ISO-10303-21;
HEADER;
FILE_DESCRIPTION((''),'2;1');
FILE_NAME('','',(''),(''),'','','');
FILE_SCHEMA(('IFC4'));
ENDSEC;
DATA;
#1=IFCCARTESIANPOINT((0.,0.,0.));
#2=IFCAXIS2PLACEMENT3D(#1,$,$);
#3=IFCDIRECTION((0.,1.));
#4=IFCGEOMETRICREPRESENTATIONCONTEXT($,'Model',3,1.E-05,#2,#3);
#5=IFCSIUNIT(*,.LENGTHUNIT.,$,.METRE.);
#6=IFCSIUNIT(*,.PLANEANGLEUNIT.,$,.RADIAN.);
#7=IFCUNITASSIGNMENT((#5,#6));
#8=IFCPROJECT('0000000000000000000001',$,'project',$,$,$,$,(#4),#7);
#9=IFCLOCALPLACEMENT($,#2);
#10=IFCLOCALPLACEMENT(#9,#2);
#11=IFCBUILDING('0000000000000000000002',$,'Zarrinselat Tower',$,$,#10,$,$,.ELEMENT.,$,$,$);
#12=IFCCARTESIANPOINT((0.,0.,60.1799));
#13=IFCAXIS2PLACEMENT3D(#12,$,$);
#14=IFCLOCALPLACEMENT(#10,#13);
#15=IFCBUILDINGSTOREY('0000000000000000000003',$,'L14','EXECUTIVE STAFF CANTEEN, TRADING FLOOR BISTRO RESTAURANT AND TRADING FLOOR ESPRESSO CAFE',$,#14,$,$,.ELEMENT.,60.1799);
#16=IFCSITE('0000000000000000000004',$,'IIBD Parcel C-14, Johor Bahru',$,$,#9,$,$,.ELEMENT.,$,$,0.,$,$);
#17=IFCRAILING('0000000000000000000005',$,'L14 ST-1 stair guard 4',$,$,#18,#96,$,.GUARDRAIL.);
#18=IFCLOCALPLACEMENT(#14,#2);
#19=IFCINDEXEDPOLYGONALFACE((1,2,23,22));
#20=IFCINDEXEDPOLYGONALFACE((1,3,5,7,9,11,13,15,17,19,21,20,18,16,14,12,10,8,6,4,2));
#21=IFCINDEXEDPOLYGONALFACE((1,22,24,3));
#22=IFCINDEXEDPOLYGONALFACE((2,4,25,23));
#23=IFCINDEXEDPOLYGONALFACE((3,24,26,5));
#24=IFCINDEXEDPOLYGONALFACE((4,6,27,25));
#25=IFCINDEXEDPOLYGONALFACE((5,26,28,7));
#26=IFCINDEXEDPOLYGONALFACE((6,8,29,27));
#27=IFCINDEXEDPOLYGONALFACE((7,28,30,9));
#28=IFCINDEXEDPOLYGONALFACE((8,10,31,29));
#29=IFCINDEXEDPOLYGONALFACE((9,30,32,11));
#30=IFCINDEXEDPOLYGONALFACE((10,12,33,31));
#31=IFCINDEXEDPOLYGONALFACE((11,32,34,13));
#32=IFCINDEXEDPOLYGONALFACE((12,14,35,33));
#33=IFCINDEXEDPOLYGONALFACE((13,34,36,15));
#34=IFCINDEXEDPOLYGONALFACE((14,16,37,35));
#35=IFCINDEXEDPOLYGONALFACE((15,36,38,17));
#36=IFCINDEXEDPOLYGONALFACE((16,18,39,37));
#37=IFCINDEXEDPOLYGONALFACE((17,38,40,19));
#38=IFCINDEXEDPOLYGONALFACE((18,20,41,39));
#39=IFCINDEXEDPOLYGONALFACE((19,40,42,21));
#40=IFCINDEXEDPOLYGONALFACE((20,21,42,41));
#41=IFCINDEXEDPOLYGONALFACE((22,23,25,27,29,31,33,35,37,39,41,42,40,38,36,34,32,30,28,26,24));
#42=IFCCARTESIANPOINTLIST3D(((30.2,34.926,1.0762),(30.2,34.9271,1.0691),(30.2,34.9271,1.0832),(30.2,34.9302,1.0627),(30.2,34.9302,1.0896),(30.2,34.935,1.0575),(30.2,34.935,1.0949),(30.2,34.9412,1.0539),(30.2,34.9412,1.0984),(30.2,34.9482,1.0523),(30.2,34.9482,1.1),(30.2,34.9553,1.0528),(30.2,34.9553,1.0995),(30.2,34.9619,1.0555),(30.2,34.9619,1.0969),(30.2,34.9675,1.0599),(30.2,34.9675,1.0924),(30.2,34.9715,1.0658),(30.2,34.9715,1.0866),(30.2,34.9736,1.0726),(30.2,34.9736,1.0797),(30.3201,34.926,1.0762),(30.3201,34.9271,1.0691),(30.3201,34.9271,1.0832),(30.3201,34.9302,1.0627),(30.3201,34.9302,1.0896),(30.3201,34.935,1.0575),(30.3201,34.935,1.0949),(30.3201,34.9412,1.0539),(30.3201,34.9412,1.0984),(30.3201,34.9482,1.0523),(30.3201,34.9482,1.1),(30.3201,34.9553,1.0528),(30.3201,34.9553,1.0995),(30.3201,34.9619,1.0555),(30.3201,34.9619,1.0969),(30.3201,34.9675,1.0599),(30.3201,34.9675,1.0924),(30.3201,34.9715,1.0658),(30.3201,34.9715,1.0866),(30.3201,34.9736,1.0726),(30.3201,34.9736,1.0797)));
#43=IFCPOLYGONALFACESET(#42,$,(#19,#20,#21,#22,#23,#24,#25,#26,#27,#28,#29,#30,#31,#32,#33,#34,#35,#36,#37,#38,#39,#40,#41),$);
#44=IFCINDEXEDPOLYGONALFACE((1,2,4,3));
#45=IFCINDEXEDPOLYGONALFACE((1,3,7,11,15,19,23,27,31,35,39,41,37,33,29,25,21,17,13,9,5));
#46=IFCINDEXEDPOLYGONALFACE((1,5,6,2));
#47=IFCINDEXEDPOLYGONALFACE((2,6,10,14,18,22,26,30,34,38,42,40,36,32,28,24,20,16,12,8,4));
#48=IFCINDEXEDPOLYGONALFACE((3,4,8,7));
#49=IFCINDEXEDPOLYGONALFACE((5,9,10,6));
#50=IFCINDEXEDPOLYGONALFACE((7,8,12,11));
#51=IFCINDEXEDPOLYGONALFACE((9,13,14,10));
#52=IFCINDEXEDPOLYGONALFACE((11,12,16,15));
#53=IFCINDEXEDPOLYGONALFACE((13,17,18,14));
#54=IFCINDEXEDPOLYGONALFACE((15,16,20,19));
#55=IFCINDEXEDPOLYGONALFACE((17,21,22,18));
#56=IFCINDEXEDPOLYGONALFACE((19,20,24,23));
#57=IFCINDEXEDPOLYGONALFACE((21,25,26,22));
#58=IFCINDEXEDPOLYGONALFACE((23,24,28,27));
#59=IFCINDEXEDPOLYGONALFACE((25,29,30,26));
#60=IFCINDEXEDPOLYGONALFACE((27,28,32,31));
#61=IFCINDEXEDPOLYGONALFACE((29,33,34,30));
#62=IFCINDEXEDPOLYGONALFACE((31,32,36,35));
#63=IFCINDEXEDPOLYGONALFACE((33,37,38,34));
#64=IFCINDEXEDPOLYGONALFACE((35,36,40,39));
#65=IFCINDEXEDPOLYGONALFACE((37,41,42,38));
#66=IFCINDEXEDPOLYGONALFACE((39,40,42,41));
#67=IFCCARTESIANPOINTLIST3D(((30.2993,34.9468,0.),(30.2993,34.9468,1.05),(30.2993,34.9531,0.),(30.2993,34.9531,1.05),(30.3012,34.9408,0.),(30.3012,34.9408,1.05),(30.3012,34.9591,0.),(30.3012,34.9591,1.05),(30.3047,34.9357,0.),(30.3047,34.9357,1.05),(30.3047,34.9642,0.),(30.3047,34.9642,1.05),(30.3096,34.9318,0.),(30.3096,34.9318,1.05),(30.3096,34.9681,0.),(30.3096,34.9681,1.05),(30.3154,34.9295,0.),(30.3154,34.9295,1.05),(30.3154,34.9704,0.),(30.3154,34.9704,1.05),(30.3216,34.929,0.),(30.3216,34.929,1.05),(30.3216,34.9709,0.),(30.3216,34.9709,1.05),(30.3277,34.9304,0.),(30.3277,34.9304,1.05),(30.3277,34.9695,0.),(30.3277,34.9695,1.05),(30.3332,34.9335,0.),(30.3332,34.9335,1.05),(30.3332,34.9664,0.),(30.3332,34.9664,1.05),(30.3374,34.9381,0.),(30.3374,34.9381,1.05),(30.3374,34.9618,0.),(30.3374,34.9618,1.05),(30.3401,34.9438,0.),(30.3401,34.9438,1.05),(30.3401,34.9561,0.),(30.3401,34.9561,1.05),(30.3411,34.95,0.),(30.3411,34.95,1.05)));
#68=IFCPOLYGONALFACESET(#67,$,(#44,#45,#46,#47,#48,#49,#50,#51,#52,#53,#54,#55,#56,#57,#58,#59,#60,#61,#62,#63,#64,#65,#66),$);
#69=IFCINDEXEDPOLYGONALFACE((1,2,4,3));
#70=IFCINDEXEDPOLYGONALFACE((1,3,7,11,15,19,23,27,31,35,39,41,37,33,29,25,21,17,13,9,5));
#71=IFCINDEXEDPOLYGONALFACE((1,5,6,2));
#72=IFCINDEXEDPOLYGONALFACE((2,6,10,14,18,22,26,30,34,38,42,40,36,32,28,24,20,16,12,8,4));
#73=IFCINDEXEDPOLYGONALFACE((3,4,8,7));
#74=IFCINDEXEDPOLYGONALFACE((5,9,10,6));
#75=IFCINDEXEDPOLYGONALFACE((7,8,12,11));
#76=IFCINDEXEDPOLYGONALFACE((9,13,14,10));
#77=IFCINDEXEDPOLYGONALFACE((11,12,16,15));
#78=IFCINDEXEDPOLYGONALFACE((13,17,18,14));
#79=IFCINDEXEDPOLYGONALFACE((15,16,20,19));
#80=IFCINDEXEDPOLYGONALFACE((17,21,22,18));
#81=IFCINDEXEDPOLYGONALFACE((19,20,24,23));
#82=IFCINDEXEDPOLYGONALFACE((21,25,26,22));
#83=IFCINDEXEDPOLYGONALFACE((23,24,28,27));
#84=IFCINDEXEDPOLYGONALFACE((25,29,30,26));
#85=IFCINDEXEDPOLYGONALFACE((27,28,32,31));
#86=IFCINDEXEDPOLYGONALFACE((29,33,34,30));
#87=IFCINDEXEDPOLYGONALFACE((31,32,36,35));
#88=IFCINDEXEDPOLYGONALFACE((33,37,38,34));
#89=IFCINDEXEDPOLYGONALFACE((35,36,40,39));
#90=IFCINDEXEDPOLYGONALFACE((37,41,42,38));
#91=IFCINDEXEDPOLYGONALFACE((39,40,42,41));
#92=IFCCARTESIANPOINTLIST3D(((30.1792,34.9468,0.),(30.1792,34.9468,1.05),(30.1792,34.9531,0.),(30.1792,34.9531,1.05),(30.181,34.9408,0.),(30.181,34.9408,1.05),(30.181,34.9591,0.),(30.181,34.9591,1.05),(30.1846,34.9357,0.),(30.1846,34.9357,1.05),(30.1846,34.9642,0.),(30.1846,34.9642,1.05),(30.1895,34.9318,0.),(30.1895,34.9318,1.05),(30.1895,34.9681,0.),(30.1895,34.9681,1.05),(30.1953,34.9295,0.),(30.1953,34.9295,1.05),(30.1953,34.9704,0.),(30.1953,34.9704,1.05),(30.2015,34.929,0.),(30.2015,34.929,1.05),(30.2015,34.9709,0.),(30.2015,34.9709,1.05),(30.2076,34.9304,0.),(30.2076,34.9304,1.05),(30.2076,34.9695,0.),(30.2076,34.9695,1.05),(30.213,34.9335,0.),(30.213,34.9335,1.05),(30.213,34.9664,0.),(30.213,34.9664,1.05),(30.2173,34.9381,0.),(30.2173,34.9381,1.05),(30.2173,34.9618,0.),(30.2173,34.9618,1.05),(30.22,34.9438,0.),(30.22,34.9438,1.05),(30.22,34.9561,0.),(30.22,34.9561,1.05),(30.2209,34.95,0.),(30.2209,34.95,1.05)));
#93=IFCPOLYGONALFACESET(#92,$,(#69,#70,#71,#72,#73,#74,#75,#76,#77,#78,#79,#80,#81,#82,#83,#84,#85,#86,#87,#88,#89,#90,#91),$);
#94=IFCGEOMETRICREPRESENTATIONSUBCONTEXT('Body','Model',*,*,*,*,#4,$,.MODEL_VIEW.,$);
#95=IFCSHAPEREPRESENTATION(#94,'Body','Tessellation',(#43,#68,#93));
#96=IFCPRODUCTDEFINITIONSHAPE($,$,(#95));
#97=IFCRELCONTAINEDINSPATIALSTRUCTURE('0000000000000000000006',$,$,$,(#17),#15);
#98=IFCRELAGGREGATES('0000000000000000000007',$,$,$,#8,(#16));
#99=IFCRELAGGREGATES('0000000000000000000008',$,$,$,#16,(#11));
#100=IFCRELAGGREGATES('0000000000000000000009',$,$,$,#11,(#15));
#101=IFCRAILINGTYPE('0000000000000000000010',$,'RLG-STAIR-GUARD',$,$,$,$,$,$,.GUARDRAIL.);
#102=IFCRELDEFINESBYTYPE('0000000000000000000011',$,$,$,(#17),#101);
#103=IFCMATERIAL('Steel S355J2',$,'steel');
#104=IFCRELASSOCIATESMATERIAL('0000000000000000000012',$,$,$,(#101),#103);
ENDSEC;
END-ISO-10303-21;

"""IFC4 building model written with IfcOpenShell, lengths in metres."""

from ifc_helpers import new_model, si_unit, direction, frame, origin, origin_2d, place, context, subcontext, project, spatial, circle, extrude, material, type_object, element, save


model = new_model("IFC4")

# Units and contexts
model_context = context("Model", 3, precision=1e-05, world=origin(), true_north=direction((0.0, 1.0)))
body_context = subcontext(model_context, "Body", "Model", "MODEL_VIEW")
ifc_project = project(units=[si_unit("LENGTHUNIT", "METRE"), si_unit("PLANEANGLEUNIT", "RADIAN")], contexts=[model_context])

# Site, building, storey
site_placement = place(None, origin())
site = spatial("IfcSite", under=ifc_project, at=site_placement, Name="IIBD Parcel C-14, Johor Bahru", CompositionType="ELEMENT", RefElevation=0.0)
building_placement = place(site_placement, origin())
building = spatial("IfcBuilding", under=site, at=building_placement, Name="Zarrinselat Tower", CompositionType="ELEMENT")
storey_placement = place(building_placement, frame((0.0, 0.0, 60.1799)))
storey = spatial("IfcBuildingStorey", under=building, at=storey_placement, Name="L14", Description="EXECUTIVE STAFF CANTEEN, TRADING FLOOR BISTRO RESTAURANT AND TRADING FLOOR ESPRESSO CAFE", CompositionType="ELEMENT", Elevation=60.1799)

# Railing
ifc_material_1 = material(Name="Steel S355J2", Category="steel")
railing_type_1 = type_object("IfcRailingType", Name="RLG-STAIR-GUARD", PredefinedType="GUARDRAIL", material=ifc_material_1)
railing_1_placement = place(storey_placement, frame((30.3201, 34.95, 0.0)))
element("IfcRailing", 1, at=railing_1_placement, inside=storey, type_object=railing_type_1, Name="L14 ST-1 stair guard 4", PredefinedType="GUARDRAIL", context=body_context, shape_type="SweptSolid", body=[
    extrude(circle(Radius=0.0239, at=origin_2d()), frame((0.0, 0.0, 1.0762), z_axis=(-1.0, 0.0, 0.0), x_axis=(0.0, -1.0, 0.0)), (0.0, 0.0, 1.0), 0.1201),
    extrude(circle(Radius=0.021, at=origin_2d()), origin(), (0.0, 0.0, 1.0), 1.05),
    extrude(circle(Radius=0.021, at=origin_2d()), frame((-0.1201, 0.0, 0.0)), (0.0, 0.0, 1.0), 1.05),
])

save(model, "model.ifc")
